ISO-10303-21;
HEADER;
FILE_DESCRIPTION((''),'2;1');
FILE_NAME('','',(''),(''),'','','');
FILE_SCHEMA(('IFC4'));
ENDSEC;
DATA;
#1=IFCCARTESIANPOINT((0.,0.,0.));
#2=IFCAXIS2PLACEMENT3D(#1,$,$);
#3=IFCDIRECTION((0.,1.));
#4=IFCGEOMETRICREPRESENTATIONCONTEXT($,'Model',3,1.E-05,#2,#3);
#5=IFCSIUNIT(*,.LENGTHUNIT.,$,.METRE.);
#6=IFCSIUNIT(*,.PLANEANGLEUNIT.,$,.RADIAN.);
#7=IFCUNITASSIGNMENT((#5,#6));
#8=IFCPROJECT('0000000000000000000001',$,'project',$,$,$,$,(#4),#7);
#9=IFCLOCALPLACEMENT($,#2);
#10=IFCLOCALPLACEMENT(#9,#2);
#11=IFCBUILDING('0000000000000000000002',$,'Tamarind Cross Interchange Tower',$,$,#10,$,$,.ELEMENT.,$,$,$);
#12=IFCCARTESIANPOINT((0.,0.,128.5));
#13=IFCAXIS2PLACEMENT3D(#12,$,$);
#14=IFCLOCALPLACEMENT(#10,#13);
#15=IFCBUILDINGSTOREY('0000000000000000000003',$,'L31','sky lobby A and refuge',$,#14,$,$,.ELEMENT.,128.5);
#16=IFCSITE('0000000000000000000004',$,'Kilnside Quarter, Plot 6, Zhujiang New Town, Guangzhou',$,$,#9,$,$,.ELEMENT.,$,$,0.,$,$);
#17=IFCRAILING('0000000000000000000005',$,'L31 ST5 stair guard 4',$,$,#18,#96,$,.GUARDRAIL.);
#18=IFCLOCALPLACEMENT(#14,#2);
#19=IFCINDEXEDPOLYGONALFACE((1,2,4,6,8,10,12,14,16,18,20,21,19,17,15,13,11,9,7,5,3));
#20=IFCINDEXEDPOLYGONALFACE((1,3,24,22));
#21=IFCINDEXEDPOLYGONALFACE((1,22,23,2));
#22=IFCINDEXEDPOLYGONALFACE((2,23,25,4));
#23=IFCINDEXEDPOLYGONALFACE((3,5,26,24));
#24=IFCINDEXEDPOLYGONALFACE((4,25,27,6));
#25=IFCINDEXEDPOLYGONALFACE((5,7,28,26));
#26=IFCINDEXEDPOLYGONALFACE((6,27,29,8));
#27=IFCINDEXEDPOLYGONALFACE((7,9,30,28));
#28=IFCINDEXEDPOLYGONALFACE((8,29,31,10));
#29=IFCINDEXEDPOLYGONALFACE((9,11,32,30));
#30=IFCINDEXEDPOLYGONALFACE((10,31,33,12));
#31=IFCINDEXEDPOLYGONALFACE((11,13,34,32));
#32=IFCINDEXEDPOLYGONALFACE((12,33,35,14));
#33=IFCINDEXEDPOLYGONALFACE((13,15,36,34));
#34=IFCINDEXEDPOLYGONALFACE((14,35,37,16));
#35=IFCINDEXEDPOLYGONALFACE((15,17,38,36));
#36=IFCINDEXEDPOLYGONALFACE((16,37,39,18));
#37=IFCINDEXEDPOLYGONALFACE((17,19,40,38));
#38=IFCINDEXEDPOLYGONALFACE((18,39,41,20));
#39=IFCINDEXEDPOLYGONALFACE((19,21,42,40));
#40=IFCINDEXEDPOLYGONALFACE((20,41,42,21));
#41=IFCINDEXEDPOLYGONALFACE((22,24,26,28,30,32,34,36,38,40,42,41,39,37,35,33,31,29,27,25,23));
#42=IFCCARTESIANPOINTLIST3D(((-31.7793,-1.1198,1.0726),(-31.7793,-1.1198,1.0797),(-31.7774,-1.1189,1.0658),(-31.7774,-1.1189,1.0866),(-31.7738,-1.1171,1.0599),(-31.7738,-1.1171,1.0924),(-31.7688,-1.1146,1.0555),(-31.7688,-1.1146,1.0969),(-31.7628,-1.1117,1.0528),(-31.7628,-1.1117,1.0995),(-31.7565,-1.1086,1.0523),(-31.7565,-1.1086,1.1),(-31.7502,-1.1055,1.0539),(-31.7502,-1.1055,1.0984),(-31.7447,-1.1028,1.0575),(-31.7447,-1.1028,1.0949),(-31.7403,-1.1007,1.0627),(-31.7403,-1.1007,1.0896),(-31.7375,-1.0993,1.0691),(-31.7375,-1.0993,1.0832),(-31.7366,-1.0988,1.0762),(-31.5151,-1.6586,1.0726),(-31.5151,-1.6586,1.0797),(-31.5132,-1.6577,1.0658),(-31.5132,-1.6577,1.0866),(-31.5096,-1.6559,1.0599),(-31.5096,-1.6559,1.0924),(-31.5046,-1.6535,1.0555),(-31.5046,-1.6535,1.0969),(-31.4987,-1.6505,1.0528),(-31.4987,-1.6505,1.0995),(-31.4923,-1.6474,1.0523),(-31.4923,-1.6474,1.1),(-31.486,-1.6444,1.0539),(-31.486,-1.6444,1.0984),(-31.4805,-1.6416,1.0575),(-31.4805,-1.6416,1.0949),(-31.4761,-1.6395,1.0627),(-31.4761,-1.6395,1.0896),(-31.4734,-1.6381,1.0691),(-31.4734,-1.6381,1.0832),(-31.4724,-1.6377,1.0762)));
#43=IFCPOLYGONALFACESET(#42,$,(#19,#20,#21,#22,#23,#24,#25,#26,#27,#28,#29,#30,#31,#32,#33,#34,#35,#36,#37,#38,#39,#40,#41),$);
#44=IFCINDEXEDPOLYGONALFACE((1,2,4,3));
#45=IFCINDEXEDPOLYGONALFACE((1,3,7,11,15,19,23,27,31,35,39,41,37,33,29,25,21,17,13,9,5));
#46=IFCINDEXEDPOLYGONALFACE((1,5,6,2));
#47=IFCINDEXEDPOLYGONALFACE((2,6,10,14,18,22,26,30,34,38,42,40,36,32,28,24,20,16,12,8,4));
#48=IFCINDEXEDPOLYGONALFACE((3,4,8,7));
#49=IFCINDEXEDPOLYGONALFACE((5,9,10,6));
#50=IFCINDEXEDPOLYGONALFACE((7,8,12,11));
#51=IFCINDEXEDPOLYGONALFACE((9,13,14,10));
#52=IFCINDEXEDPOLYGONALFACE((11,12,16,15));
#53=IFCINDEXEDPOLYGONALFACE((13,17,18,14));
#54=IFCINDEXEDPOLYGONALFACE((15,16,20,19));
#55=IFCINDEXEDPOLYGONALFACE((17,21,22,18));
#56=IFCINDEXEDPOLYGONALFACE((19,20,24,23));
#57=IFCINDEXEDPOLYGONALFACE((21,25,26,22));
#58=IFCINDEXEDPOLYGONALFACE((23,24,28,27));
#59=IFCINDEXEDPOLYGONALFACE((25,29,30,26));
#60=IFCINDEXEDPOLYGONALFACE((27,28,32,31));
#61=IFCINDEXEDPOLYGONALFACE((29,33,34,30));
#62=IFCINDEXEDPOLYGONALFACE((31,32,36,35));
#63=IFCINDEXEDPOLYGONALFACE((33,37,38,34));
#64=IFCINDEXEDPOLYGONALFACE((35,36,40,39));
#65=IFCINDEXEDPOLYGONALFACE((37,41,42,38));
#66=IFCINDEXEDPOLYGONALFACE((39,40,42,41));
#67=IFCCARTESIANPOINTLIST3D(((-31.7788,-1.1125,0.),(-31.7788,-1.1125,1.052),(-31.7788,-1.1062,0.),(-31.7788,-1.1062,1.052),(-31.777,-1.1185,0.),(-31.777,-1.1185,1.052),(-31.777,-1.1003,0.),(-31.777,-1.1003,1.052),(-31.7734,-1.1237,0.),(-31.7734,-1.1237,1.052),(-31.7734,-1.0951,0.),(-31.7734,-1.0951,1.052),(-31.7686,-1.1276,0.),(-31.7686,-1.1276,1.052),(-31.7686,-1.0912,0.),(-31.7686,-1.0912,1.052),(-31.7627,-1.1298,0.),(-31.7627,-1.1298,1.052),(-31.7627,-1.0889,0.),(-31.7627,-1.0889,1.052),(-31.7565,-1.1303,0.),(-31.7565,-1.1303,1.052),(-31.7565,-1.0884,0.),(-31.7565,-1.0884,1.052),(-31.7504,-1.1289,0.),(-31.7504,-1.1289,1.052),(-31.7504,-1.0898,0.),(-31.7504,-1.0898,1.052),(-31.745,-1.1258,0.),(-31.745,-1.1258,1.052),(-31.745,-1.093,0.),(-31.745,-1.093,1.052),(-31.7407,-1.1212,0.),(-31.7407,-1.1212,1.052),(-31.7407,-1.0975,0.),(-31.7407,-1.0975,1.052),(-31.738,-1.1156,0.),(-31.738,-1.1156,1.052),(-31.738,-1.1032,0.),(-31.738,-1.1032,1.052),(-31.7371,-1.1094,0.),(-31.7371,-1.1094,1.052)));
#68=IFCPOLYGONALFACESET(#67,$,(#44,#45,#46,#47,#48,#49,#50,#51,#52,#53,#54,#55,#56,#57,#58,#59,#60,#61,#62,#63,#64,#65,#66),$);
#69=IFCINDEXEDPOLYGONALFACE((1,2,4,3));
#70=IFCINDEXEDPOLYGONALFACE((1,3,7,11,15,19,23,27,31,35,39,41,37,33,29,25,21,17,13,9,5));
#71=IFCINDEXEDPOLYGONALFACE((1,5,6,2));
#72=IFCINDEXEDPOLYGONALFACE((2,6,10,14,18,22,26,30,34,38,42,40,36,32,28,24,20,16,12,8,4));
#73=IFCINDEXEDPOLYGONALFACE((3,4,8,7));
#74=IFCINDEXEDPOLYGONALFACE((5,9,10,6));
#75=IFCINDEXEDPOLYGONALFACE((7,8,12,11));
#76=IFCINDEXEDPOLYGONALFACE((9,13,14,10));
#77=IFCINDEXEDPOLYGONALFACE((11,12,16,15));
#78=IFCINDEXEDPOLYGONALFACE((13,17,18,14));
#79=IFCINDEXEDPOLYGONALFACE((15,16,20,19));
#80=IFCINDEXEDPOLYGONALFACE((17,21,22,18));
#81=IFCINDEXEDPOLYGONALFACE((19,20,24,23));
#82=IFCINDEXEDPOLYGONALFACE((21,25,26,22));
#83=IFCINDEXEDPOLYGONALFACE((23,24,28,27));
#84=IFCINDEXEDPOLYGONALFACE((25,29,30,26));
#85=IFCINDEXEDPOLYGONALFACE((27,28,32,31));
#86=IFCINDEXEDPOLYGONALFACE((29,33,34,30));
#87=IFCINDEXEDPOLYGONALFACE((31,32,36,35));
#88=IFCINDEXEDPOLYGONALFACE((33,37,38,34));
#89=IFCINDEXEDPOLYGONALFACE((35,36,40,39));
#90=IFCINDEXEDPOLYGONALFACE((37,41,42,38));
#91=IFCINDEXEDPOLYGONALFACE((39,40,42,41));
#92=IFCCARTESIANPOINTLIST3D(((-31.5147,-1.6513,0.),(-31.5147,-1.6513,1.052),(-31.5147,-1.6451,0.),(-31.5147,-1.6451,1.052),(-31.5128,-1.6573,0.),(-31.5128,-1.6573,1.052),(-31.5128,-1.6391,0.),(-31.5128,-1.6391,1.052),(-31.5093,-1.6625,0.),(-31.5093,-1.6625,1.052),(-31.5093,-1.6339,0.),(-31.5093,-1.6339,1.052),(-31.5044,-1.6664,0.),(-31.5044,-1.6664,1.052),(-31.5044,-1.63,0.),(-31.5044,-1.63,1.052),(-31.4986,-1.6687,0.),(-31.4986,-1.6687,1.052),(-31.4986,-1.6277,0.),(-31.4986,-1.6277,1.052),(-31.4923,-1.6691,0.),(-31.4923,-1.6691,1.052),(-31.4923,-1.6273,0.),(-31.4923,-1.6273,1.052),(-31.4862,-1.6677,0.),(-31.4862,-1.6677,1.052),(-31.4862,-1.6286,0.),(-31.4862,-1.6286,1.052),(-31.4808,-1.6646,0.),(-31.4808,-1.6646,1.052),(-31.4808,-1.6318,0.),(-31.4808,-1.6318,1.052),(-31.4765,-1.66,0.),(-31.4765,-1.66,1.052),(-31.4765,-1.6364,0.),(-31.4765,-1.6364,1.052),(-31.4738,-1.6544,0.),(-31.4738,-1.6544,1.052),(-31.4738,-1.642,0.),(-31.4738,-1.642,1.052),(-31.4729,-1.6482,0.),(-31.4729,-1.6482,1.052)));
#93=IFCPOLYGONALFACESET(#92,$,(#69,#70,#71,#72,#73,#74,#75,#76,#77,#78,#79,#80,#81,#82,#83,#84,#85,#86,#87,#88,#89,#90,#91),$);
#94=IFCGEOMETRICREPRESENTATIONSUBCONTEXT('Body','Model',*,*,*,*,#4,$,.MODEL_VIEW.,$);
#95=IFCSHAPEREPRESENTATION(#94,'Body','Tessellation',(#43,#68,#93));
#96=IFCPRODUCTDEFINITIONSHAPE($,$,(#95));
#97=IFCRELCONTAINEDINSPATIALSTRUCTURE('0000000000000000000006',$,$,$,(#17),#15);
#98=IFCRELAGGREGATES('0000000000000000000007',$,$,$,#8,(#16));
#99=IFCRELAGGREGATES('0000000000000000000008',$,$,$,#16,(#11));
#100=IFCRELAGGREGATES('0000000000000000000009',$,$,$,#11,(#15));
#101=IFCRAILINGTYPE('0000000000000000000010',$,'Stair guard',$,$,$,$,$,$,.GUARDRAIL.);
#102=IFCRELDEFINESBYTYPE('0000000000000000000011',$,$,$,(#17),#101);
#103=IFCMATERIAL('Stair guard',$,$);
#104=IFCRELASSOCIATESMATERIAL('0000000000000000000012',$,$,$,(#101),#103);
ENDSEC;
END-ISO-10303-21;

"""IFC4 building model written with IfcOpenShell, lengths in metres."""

from ifc_helpers import new_model, si_unit, direction, frame, origin, origin_2d, place, context, subcontext, project, spatial, circle, extrude, material, type_object, element, save


model = new_model("IFC4")

# Units and contexts
model_context = context("Model", 3, precision=1e-05, world=origin(), true_north=direction((0.0, 1.0)))
body_context = subcontext(model_context, "Body", "Model", "MODEL_VIEW")
ifc_project = project(units=[si_unit("LENGTHUNIT", "METRE"), si_unit("PLANEANGLEUNIT", "RADIAN")], contexts=[model_context])

# Site, building, storey
site_placement = place(None, origin())
site = spatial("IfcSite", under=ifc_project, at=site_placement, Name="Kilnside Quarter, Plot 6, Zhujiang New Town, Guangzhou", CompositionType="ELEMENT", RefElevation=0.0)
building_placement = place(site_placement, origin())
building = spatial("IfcBuilding", under=site, at=building_placement, Name="Tamarind Cross Interchange Tower", CompositionType="ELEMENT")
storey_placement = place(building_placement, frame((0.0, 0.0, 128.5)))
storey = spatial("IfcBuildingStorey", under=building, at=storey_placement, Name="L31", Description="sky lobby A and refuge", CompositionType="ELEMENT", Elevation=128.5)

# Railing
ifc_material_1 = material(Name="Stair guard")
railing_type = type_object("IfcRailingType", Name="Stair guard", PredefinedType="GUARDRAIL", material=ifc_material_1)
railing_1_placement = place(storey_placement, frame((-31.7581, -1.1094, 0.0)))
element("IfcRailing", 1, at=railing_1_placement, inside=storey, type_object=railing_type, Name="L31 ST5 stair guard 4", PredefinedType="GUARDRAIL", context=body_context, shape_type="SweptSolid", body=[
    extrude(circle(Radius=0.0239, at=origin_2d()), frame((0.0, 0.0, 1.0762), z_axis=(0.440202, -0.897899, 0.0), x_axis=(0.897899, 0.440202, 0.0)), (0.0, 0.0, 1.0), 0.6001),
    extrude(circle(Radius=0.021, at=origin_2d()), origin(), (0.0, 0.0, 1.0), 1.052),
    extrude(circle(Radius=0.021, at=origin_2d()), frame((0.2642, -0.5388, 0.0)), (0.0, 0.0, 1.0), 1.052),
])

save(model, "model.ifc")
